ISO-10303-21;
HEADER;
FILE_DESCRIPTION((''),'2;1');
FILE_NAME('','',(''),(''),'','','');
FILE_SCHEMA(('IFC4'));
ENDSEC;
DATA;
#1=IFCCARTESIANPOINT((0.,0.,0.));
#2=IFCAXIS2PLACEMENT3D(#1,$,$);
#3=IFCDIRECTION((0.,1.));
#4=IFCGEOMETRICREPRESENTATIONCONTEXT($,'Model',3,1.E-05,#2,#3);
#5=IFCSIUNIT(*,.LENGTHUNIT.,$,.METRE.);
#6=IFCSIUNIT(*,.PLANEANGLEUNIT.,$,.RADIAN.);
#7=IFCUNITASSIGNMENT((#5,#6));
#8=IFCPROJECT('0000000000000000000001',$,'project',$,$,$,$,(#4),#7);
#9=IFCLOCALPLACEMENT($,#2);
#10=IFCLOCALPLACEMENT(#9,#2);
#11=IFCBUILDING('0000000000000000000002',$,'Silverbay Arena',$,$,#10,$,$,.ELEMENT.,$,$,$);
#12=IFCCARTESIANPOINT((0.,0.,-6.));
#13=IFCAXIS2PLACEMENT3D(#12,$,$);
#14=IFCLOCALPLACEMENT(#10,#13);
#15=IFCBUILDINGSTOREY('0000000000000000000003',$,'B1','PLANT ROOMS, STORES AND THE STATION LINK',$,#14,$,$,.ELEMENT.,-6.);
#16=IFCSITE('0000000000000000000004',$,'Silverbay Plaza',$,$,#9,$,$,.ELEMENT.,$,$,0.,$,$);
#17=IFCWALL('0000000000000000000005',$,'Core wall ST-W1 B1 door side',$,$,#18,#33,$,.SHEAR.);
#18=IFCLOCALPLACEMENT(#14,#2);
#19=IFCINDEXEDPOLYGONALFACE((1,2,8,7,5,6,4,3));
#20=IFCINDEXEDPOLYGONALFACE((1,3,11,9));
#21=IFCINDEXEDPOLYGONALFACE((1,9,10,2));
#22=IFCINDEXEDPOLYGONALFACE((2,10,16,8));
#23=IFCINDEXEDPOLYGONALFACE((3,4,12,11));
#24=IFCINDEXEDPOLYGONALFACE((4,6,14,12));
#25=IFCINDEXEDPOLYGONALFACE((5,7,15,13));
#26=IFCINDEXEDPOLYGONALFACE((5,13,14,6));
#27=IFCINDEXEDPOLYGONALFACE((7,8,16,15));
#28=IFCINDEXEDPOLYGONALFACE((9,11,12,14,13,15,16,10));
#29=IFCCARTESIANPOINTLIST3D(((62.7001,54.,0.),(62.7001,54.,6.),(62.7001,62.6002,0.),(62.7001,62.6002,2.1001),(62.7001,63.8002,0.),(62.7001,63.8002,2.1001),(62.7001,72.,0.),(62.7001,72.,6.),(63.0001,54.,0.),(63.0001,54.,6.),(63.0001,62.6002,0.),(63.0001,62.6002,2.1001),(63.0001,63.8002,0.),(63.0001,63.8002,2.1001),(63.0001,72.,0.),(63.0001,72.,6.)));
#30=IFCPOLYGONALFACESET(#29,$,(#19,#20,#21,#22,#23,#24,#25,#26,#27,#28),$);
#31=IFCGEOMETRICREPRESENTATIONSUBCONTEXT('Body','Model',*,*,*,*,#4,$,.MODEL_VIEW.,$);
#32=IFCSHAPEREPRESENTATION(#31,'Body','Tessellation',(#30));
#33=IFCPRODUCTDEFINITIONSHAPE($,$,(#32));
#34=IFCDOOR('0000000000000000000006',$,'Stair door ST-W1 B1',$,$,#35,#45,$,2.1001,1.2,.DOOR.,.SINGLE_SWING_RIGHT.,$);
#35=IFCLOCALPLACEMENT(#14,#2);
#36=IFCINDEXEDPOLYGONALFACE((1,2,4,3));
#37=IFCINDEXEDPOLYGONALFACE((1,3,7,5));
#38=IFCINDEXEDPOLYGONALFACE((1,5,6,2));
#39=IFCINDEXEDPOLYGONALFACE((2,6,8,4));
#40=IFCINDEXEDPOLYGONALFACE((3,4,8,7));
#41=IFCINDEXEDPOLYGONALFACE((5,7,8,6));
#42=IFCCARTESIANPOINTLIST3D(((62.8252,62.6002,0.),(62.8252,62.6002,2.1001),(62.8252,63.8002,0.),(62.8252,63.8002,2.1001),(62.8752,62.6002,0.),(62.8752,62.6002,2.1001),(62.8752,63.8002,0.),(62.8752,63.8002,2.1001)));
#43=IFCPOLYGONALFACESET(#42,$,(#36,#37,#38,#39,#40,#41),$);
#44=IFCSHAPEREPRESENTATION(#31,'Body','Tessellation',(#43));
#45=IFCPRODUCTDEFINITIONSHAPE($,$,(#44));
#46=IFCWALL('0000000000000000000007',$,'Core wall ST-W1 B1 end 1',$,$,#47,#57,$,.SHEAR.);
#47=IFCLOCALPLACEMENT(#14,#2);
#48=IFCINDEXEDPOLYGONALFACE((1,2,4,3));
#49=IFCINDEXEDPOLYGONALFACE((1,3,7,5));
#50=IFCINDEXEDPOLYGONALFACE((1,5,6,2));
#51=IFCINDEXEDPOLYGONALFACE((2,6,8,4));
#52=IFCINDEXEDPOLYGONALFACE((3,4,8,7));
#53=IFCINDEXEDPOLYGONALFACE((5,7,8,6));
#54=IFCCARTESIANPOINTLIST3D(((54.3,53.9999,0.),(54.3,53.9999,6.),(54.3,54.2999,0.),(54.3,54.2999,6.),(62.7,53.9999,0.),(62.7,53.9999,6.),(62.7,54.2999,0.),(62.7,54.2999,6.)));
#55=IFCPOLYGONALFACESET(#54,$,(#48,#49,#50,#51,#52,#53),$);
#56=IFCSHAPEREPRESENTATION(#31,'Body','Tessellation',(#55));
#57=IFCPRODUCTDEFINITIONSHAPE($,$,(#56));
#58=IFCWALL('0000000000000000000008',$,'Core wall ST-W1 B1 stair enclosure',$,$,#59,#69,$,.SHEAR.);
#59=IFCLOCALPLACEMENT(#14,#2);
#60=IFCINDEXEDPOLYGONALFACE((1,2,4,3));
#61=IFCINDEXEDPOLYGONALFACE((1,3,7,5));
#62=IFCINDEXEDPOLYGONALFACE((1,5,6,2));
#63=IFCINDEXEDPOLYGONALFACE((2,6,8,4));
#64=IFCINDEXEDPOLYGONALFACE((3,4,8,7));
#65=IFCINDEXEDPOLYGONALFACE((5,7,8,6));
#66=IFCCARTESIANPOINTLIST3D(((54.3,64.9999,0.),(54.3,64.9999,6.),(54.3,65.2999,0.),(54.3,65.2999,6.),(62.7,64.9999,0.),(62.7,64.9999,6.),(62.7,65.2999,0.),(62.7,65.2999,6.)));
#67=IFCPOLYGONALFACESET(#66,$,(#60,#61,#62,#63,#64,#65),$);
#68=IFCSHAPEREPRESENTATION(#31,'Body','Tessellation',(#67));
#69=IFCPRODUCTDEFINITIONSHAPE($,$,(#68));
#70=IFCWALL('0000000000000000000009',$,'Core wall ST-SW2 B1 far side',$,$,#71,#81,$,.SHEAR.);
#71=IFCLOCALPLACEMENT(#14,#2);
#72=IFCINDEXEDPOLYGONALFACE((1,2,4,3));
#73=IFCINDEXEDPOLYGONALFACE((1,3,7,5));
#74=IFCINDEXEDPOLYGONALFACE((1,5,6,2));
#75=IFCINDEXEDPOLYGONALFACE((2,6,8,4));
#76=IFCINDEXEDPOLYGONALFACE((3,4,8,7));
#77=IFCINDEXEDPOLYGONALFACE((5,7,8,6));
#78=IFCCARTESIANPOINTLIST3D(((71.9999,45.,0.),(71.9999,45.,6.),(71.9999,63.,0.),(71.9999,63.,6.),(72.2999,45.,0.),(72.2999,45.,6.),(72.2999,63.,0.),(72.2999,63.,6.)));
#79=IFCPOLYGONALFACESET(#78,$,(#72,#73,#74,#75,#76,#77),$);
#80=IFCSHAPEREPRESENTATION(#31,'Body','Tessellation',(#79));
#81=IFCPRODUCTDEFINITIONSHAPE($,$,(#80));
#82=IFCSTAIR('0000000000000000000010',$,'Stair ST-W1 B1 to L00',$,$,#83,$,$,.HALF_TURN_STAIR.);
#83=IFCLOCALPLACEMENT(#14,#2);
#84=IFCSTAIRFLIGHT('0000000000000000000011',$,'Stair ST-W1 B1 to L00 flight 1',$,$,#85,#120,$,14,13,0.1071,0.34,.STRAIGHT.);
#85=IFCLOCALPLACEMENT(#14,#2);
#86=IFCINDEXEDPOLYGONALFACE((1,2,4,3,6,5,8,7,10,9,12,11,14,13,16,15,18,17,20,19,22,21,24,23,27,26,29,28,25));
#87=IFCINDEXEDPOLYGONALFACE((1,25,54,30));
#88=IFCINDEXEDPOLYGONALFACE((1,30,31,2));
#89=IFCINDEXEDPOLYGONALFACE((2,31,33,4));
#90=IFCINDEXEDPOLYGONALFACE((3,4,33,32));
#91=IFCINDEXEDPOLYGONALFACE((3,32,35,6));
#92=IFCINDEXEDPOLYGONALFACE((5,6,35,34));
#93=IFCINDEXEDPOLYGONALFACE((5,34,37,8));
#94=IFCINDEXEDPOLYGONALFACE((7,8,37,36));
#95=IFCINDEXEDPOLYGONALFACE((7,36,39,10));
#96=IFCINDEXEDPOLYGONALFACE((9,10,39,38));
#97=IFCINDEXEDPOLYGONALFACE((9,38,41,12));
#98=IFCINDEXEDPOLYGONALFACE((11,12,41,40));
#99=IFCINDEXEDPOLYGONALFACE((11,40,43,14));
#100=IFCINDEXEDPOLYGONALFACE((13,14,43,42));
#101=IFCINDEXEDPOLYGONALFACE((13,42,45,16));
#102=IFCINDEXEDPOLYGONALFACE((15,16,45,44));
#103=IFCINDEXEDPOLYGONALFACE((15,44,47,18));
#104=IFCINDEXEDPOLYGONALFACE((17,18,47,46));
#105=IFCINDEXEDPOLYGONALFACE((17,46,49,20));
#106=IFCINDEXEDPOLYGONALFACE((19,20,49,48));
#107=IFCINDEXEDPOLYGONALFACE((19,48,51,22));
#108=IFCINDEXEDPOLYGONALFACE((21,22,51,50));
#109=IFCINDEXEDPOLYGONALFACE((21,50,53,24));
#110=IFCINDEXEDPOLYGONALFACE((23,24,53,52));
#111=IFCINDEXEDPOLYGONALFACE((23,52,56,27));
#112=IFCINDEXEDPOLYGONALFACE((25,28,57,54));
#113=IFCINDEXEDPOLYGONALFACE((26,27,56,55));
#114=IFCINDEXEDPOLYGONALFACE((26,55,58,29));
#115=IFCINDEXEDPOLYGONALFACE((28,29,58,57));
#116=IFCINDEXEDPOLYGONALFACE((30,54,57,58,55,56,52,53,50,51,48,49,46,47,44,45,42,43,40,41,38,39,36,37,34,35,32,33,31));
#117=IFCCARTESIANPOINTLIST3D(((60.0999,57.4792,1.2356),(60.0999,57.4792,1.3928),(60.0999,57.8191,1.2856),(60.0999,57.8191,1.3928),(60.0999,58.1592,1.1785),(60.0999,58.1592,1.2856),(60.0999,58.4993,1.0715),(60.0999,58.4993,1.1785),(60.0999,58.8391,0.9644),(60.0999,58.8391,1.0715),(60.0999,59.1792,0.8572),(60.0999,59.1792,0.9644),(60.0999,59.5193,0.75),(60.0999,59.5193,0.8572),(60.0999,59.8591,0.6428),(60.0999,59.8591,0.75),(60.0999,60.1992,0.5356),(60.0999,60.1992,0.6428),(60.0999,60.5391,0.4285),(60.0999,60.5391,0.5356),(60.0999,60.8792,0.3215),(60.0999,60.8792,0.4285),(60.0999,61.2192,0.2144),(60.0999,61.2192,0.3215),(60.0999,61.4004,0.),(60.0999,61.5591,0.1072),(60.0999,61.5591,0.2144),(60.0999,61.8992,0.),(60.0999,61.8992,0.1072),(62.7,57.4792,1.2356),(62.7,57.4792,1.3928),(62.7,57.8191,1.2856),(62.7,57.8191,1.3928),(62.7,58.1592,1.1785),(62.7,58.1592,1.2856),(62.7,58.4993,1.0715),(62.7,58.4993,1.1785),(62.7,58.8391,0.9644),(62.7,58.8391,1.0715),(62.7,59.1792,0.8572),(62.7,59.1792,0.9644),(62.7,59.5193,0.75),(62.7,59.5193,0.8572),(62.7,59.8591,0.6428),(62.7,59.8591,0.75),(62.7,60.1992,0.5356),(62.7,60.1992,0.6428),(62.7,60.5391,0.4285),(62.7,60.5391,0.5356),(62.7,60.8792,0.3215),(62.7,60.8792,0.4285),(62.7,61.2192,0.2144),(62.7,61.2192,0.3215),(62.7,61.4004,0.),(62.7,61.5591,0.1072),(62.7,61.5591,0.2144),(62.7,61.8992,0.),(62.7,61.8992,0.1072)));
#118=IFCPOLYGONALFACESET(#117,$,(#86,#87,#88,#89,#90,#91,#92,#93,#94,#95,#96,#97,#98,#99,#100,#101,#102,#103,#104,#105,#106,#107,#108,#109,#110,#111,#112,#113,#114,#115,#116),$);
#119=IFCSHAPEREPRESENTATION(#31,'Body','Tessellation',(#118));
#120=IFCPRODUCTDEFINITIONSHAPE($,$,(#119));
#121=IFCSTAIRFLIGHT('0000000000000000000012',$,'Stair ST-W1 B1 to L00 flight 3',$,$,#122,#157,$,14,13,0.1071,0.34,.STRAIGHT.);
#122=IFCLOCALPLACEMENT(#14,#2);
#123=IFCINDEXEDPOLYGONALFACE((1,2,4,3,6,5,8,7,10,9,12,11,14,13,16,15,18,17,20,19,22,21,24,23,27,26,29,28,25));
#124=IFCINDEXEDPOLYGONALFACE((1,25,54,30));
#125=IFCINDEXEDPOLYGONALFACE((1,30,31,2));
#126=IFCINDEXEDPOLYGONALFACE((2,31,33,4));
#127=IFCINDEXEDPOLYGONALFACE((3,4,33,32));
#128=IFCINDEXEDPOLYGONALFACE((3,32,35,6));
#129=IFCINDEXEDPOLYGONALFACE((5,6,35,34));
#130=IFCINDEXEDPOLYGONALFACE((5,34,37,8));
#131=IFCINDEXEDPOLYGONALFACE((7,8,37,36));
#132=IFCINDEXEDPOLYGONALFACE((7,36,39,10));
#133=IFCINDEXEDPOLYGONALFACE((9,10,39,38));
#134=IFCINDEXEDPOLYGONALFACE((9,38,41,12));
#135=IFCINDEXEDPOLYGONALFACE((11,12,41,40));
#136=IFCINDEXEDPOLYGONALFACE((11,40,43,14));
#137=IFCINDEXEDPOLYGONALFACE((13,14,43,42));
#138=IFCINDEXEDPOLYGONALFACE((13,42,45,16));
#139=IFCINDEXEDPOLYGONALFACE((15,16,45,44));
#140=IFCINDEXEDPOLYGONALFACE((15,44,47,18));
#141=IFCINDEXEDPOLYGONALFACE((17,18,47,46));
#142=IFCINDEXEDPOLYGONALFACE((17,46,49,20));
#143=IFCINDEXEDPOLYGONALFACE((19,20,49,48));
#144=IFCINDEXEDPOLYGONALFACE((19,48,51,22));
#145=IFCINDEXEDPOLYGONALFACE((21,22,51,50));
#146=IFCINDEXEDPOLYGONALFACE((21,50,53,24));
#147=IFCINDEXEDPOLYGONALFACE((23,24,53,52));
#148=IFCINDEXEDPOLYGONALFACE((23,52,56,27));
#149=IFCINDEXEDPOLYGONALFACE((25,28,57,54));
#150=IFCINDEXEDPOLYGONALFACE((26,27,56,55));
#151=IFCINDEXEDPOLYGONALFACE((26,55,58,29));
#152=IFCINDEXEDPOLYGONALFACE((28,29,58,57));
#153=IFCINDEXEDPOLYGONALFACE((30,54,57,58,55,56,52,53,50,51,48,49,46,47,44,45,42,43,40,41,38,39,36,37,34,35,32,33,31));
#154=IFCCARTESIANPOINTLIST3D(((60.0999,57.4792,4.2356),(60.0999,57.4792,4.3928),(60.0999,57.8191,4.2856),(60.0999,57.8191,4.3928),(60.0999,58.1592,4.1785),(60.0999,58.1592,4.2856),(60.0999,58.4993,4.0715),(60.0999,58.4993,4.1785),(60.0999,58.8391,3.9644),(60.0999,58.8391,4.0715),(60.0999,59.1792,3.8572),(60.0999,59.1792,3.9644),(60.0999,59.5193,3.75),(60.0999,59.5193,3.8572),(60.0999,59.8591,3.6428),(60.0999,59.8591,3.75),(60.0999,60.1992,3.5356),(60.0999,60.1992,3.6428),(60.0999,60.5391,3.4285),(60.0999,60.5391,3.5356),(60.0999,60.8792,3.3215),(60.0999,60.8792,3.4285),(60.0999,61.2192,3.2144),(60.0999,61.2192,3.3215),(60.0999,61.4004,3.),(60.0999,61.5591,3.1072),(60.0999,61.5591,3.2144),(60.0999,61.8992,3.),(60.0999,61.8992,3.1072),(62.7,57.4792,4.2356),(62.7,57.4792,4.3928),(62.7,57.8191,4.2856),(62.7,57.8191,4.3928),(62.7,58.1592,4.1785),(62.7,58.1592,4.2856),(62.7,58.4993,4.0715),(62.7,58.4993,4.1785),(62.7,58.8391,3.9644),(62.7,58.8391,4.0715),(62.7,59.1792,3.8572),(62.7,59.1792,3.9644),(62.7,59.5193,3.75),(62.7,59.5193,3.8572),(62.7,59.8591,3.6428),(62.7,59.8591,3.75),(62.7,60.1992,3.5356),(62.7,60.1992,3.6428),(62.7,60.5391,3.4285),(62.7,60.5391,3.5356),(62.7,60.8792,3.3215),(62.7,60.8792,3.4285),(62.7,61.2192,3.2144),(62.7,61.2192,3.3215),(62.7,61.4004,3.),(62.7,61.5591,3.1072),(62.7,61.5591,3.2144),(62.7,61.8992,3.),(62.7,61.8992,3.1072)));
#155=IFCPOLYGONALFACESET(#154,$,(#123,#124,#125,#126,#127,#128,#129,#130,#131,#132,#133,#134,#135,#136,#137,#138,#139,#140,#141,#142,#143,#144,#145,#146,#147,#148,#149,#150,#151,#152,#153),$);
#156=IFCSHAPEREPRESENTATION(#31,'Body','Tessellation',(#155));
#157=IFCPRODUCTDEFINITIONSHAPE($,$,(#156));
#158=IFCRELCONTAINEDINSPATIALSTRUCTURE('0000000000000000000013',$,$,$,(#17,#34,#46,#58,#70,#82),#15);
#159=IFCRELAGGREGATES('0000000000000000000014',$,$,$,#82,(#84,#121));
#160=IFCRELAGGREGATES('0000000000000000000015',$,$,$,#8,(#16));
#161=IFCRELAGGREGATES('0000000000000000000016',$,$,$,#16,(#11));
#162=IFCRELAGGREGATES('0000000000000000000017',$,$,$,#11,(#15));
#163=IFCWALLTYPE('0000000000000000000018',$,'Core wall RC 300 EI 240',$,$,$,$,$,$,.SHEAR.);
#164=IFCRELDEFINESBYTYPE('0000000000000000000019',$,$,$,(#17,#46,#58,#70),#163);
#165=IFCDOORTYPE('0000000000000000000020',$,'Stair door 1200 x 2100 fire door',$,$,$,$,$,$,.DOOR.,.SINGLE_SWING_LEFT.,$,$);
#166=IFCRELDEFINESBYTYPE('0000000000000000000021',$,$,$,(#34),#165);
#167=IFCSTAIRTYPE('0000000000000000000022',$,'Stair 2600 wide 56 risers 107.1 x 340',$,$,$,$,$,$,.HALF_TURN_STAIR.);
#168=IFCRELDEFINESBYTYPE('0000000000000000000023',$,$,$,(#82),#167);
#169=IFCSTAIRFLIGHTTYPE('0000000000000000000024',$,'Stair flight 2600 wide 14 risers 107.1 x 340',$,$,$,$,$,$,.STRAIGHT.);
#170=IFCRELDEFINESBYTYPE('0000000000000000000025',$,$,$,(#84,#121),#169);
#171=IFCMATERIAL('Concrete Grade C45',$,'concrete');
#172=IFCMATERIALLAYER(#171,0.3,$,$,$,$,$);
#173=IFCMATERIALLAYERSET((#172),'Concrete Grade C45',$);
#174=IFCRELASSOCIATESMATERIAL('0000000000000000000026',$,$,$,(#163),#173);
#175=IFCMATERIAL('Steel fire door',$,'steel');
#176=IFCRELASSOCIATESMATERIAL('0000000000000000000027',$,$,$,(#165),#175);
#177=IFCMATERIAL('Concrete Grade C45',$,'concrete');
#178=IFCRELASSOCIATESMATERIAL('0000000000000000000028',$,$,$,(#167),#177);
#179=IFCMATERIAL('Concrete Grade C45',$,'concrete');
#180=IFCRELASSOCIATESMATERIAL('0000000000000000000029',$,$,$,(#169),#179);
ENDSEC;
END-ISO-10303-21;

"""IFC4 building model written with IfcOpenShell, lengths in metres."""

from ifc_helpers import new_model, si_unit, direction, frame, frame_2d, origin, place, context, subcontext, project, spatial, polyline, rectangle, outline, extrude, material, layer, layer_set, type_object, element, fill, aggregate, save


model = new_model("IFC4")

# Units and contexts
model_context = context("Model", 3, precision=1e-05, world=origin(), true_north=direction((0.0, 1.0)))
body_context = subcontext(model_context, "Body", "Model", "MODEL_VIEW")
ifc_project = project(units=[si_unit("LENGTHUNIT", "METRE"), si_unit("PLANEANGLEUNIT", "RADIAN")], contexts=[model_context])

# Site, building, storey
site_placement = place(None, origin())
site = spatial("IfcSite", under=ifc_project, at=site_placement, Name="Silverbay Plaza", CompositionType="ELEMENT", RefElevation=0.0)
building_placement = place(site_placement, origin())
building = spatial("IfcBuilding", under=site, at=building_placement, Name="Silverbay Arena", CompositionType="ELEMENT")
storey_placement = place(building_placement, frame((0.0, 0.0, -6.0)))
storey = spatial("IfcBuildingStorey", under=building, at=storey_placement, Name="B1", Description="PLANT ROOMS, STORES AND THE STATION LINK", CompositionType="ELEMENT", Elevation=-6.0)

# Wall, opening, door
ifc_material_1 = material(Name="Concrete Grade C45", Category="concrete")
ifc_layer = layer(ifc_material_1, 0.3)
ifc_layer_set = layer_set([ifc_layer], Name="Concrete Grade C45")
wall_type = type_object("IfcWallType", Name="Core wall RC 300 EI 240", PredefinedType="SHEAR", material=ifc_layer_set)
wall_1_placement = place(storey_placement, frame((62.8501, 54.0, 0.0), z_axis=(0.0, 0.0, 1.0), x_axis=(0.0, 1.0, 0.0)))
wall_1 = element("IfcWall", 1, at=wall_1_placement, inside=storey, type_object=wall_type, Name="Core wall ST-W1 B1 door side", PredefinedType="SHEAR", context=body_context, shape_type="SweptSolid", body=[
    extrude(rectangle(XDim=18.0, YDim=0.3, at=frame_2d((9.0, 0.0))), origin(), (0.0, 0.0, 1.0), 6.0),
])
opening_placement = place(wall_1_placement, frame((8.6001, 0.0, 0.0)))
opening = element("IfcOpeningElement", 2, at=opening_placement, cuts=wall_1, PredefinedType="OPENING", context=body_context, shape_type="SweptSolid", body=[
    extrude(rectangle(XDim=1.2, YDim=2.1001, at=frame_2d((0.6001, 1.05))), frame((0.0, 0.1602, 0.0), z_axis=(0.0, -1.0, 0.0), x_axis=(1.0, 0.0, 0.0)), (0.0, 0.0, 1.0), 0.3201),
])
ifc_material_2 = material(Name="Steel fire door", Category="steel")
door_type = type_object("IfcDoorType", Name="Stair door 1200 x 2100 fire door", OperationType="SINGLE_SWING_LEFT", PredefinedType="DOOR", material=ifc_material_2)
door_placement = place(opening_placement, origin())
door = element("IfcDoor", 3, at=door_placement, inside=storey, type_object=door_type, Name="Stair door ST-W1 B1", OperationType="SINGLE_SWING_RIGHT", OverallHeight=2.1001, OverallWidth=1.2, PredefinedType="DOOR", context=body_context, shape_type="SweptSolid", body=[
    extrude(rectangle(XDim=1.2, YDim=2.1001, at=frame_2d((0.6001, 1.05))), frame((0.0, 0.0249, 0.0), z_axis=(0.0, -1.0, 0.0), x_axis=(1.0, 0.0, 0.0)), (0.0, 0.0, 1.0), 0.05),
])
fill(opening, door)

# Walls
for number, where, z_axis, x_axis, name in (
    (4, (62.7, 54.1499, 0.0), (0.0, 0.0, 1.0), (-1.0, 0.0, 0.0), "Core wall ST-W1 B1 end 1"),
    (5, (62.7, 65.1499, 0.0), (0.0, 0.0, 1.0), (-1.0, 0.0, 0.0), "Core wall ST-W1 B1 stair enclosure"),
):
    element("IfcWall", number, at=place(storey_placement, frame(where, z_axis=z_axis, x_axis=x_axis)), inside=storey, type_object=wall_type, Name=name, PredefinedType="SHEAR", context=body_context, shape_type="SweptSolid", body=[
        extrude(rectangle(XDim=8.3999, YDim=0.3, at=frame_2d((4.2, 0.0))), origin(), (0.0, 0.0, 1.0), 6.0),
    ])
wall_2_placement = place(storey_placement, frame((72.1499, 63.0, 0.0), z_axis=(0.0, 0.0, 1.0), x_axis=(0.0, -1.0, 0.0)))
element("IfcWall", 6, at=wall_2_placement, inside=storey, type_object=wall_type, Name="Core wall ST-SW2 B1 far side", PredefinedType="SHEAR", context=body_context, shape_type="SweptSolid", body=[
    extrude(rectangle(XDim=18.0, YDim=0.3, at=frame_2d((9.0, 0.0))), origin(), (0.0, 0.0, 1.0), 6.0),
])

# Stair, stair flights
ifc_material_3 = material(Name="Concrete Grade C45", Category="concrete")
stair_type = type_object("IfcStairType", Name="Stair 2600 wide 56 risers 107.1 x 340", PredefinedType="HALF_TURN_STAIR", material=ifc_material_3)
stair_placement = place(storey_placement, origin())
stair = element("IfcStair", 7, at=stair_placement, inside=storey, type_object=stair_type, Name="Stair ST-W1 B1 to L00", PredefinedType="HALF_TURN_STAIR")
ifc_material_4 = material(Name="Concrete Grade C45", Category="concrete")
stair_flight_type = type_object("IfcStairFlightType", Name="Stair flight 2600 wide 14 risers 107.1 x 340", PredefinedType="STRAIGHT", material=ifc_material_4)
stair_flight_1_placement = place(storey_placement, frame((61.3999, 61.8992, 0.0), z_axis=(0.0, 0.0, 1.0), x_axis=(0.0, -1.0, 0.0)))
stair_flight_1 = element("IfcStairFlight", 8, at=stair_flight_1_placement, type_object=stair_flight_type, Name="Stair ST-W1 B1 to L00 flight 1", NumberOfRisers=14, NumberOfTreads=13, PredefinedType="STRAIGHT", RiserHeight=0.1071, TreadLength=0.34, context=body_context, shape_type="SweptSolid", body=[
    extrude(outline(polyline([(0.0, 0.0), (0.0, 0.1072), (0.3401, 0.1072), (0.3401, 0.2144), (0.6799, 0.2144), (0.6799, 0.3215), (1.02, 0.3215), (1.02, 0.4285), (1.3601, 0.4285), (1.3601, 0.5356), (1.7, 0.5356), (1.7, 0.6428), (2.04, 0.6428), (2.04, 0.75), (2.3799, 0.75), (2.3799, 0.8572), (2.72, 0.8572), (2.72, 0.9644), (3.0601, 0.9644), (3.0601, 1.0715), (3.3999, 1.0715), (3.3999, 1.1785), (3.74, 1.1785), (3.74, 1.2856), (4.0801, 1.2856), (4.0801, 1.3928), (4.4199, 1.3928), (4.4199, 1.2356), (0.4988, 0.0), (0.0, 0.0)])), frame((0.0, 1.3, 0.0), z_axis=(0.0, -1.0, 0.0), x_axis=(1.0, 0.0, 0.0)), (0.0, 0.0, 1.0), 2.6001),
])
stair_flight_2_placement = place(storey_placement, frame((61.3999, 61.8992, 3.0), z_axis=(0.0, 0.0, 1.0), x_axis=(0.0, -1.0, 0.0)))
stair_flight_2 = element("IfcStairFlight", 9, at=stair_flight_2_placement, type_object=stair_flight_type, Name="Stair ST-W1 B1 to L00 flight 3", NumberOfRisers=14, NumberOfTreads=13, PredefinedType="STRAIGHT", RiserHeight=0.1071, TreadLength=0.34, context=body_context, shape_type="SweptSolid", body=[
    extrude(outline(polyline([(0.0, 0.0), (0.0, 0.1072), (0.3401, 0.1072), (0.3401, 0.2144), (0.6799, 0.2144), (0.6799, 0.3215), (1.02, 0.3215), (1.02, 0.4285), (1.3601, 0.4285), (1.3601, 0.5356), (1.7, 0.5356), (1.7, 0.6428), (2.04, 0.6428), (2.04, 0.75), (2.3799, 0.75), (2.3799, 0.8572), (2.72, 0.8572), (2.72, 0.9644), (3.0601, 0.9644), (3.0601, 1.0715), (3.3999, 1.0715), (3.3999, 1.1785), (3.74, 1.1785), (3.74, 1.2856), (4.0801, 1.2856), (4.0801, 1.3928), (4.4199, 1.3928), (4.4199, 1.2356), (0.4988, 0.0), (0.0, 0.0)])), frame((0.0, 1.3, 0.0), z_axis=(0.0, -1.0, 0.0), x_axis=(1.0, 0.0, 0.0)), (0.0, 0.0, 1.0), 2.6001),
])
aggregate(stair, [stair_flight_1, stair_flight_2])

save(model, "model.ifc")
